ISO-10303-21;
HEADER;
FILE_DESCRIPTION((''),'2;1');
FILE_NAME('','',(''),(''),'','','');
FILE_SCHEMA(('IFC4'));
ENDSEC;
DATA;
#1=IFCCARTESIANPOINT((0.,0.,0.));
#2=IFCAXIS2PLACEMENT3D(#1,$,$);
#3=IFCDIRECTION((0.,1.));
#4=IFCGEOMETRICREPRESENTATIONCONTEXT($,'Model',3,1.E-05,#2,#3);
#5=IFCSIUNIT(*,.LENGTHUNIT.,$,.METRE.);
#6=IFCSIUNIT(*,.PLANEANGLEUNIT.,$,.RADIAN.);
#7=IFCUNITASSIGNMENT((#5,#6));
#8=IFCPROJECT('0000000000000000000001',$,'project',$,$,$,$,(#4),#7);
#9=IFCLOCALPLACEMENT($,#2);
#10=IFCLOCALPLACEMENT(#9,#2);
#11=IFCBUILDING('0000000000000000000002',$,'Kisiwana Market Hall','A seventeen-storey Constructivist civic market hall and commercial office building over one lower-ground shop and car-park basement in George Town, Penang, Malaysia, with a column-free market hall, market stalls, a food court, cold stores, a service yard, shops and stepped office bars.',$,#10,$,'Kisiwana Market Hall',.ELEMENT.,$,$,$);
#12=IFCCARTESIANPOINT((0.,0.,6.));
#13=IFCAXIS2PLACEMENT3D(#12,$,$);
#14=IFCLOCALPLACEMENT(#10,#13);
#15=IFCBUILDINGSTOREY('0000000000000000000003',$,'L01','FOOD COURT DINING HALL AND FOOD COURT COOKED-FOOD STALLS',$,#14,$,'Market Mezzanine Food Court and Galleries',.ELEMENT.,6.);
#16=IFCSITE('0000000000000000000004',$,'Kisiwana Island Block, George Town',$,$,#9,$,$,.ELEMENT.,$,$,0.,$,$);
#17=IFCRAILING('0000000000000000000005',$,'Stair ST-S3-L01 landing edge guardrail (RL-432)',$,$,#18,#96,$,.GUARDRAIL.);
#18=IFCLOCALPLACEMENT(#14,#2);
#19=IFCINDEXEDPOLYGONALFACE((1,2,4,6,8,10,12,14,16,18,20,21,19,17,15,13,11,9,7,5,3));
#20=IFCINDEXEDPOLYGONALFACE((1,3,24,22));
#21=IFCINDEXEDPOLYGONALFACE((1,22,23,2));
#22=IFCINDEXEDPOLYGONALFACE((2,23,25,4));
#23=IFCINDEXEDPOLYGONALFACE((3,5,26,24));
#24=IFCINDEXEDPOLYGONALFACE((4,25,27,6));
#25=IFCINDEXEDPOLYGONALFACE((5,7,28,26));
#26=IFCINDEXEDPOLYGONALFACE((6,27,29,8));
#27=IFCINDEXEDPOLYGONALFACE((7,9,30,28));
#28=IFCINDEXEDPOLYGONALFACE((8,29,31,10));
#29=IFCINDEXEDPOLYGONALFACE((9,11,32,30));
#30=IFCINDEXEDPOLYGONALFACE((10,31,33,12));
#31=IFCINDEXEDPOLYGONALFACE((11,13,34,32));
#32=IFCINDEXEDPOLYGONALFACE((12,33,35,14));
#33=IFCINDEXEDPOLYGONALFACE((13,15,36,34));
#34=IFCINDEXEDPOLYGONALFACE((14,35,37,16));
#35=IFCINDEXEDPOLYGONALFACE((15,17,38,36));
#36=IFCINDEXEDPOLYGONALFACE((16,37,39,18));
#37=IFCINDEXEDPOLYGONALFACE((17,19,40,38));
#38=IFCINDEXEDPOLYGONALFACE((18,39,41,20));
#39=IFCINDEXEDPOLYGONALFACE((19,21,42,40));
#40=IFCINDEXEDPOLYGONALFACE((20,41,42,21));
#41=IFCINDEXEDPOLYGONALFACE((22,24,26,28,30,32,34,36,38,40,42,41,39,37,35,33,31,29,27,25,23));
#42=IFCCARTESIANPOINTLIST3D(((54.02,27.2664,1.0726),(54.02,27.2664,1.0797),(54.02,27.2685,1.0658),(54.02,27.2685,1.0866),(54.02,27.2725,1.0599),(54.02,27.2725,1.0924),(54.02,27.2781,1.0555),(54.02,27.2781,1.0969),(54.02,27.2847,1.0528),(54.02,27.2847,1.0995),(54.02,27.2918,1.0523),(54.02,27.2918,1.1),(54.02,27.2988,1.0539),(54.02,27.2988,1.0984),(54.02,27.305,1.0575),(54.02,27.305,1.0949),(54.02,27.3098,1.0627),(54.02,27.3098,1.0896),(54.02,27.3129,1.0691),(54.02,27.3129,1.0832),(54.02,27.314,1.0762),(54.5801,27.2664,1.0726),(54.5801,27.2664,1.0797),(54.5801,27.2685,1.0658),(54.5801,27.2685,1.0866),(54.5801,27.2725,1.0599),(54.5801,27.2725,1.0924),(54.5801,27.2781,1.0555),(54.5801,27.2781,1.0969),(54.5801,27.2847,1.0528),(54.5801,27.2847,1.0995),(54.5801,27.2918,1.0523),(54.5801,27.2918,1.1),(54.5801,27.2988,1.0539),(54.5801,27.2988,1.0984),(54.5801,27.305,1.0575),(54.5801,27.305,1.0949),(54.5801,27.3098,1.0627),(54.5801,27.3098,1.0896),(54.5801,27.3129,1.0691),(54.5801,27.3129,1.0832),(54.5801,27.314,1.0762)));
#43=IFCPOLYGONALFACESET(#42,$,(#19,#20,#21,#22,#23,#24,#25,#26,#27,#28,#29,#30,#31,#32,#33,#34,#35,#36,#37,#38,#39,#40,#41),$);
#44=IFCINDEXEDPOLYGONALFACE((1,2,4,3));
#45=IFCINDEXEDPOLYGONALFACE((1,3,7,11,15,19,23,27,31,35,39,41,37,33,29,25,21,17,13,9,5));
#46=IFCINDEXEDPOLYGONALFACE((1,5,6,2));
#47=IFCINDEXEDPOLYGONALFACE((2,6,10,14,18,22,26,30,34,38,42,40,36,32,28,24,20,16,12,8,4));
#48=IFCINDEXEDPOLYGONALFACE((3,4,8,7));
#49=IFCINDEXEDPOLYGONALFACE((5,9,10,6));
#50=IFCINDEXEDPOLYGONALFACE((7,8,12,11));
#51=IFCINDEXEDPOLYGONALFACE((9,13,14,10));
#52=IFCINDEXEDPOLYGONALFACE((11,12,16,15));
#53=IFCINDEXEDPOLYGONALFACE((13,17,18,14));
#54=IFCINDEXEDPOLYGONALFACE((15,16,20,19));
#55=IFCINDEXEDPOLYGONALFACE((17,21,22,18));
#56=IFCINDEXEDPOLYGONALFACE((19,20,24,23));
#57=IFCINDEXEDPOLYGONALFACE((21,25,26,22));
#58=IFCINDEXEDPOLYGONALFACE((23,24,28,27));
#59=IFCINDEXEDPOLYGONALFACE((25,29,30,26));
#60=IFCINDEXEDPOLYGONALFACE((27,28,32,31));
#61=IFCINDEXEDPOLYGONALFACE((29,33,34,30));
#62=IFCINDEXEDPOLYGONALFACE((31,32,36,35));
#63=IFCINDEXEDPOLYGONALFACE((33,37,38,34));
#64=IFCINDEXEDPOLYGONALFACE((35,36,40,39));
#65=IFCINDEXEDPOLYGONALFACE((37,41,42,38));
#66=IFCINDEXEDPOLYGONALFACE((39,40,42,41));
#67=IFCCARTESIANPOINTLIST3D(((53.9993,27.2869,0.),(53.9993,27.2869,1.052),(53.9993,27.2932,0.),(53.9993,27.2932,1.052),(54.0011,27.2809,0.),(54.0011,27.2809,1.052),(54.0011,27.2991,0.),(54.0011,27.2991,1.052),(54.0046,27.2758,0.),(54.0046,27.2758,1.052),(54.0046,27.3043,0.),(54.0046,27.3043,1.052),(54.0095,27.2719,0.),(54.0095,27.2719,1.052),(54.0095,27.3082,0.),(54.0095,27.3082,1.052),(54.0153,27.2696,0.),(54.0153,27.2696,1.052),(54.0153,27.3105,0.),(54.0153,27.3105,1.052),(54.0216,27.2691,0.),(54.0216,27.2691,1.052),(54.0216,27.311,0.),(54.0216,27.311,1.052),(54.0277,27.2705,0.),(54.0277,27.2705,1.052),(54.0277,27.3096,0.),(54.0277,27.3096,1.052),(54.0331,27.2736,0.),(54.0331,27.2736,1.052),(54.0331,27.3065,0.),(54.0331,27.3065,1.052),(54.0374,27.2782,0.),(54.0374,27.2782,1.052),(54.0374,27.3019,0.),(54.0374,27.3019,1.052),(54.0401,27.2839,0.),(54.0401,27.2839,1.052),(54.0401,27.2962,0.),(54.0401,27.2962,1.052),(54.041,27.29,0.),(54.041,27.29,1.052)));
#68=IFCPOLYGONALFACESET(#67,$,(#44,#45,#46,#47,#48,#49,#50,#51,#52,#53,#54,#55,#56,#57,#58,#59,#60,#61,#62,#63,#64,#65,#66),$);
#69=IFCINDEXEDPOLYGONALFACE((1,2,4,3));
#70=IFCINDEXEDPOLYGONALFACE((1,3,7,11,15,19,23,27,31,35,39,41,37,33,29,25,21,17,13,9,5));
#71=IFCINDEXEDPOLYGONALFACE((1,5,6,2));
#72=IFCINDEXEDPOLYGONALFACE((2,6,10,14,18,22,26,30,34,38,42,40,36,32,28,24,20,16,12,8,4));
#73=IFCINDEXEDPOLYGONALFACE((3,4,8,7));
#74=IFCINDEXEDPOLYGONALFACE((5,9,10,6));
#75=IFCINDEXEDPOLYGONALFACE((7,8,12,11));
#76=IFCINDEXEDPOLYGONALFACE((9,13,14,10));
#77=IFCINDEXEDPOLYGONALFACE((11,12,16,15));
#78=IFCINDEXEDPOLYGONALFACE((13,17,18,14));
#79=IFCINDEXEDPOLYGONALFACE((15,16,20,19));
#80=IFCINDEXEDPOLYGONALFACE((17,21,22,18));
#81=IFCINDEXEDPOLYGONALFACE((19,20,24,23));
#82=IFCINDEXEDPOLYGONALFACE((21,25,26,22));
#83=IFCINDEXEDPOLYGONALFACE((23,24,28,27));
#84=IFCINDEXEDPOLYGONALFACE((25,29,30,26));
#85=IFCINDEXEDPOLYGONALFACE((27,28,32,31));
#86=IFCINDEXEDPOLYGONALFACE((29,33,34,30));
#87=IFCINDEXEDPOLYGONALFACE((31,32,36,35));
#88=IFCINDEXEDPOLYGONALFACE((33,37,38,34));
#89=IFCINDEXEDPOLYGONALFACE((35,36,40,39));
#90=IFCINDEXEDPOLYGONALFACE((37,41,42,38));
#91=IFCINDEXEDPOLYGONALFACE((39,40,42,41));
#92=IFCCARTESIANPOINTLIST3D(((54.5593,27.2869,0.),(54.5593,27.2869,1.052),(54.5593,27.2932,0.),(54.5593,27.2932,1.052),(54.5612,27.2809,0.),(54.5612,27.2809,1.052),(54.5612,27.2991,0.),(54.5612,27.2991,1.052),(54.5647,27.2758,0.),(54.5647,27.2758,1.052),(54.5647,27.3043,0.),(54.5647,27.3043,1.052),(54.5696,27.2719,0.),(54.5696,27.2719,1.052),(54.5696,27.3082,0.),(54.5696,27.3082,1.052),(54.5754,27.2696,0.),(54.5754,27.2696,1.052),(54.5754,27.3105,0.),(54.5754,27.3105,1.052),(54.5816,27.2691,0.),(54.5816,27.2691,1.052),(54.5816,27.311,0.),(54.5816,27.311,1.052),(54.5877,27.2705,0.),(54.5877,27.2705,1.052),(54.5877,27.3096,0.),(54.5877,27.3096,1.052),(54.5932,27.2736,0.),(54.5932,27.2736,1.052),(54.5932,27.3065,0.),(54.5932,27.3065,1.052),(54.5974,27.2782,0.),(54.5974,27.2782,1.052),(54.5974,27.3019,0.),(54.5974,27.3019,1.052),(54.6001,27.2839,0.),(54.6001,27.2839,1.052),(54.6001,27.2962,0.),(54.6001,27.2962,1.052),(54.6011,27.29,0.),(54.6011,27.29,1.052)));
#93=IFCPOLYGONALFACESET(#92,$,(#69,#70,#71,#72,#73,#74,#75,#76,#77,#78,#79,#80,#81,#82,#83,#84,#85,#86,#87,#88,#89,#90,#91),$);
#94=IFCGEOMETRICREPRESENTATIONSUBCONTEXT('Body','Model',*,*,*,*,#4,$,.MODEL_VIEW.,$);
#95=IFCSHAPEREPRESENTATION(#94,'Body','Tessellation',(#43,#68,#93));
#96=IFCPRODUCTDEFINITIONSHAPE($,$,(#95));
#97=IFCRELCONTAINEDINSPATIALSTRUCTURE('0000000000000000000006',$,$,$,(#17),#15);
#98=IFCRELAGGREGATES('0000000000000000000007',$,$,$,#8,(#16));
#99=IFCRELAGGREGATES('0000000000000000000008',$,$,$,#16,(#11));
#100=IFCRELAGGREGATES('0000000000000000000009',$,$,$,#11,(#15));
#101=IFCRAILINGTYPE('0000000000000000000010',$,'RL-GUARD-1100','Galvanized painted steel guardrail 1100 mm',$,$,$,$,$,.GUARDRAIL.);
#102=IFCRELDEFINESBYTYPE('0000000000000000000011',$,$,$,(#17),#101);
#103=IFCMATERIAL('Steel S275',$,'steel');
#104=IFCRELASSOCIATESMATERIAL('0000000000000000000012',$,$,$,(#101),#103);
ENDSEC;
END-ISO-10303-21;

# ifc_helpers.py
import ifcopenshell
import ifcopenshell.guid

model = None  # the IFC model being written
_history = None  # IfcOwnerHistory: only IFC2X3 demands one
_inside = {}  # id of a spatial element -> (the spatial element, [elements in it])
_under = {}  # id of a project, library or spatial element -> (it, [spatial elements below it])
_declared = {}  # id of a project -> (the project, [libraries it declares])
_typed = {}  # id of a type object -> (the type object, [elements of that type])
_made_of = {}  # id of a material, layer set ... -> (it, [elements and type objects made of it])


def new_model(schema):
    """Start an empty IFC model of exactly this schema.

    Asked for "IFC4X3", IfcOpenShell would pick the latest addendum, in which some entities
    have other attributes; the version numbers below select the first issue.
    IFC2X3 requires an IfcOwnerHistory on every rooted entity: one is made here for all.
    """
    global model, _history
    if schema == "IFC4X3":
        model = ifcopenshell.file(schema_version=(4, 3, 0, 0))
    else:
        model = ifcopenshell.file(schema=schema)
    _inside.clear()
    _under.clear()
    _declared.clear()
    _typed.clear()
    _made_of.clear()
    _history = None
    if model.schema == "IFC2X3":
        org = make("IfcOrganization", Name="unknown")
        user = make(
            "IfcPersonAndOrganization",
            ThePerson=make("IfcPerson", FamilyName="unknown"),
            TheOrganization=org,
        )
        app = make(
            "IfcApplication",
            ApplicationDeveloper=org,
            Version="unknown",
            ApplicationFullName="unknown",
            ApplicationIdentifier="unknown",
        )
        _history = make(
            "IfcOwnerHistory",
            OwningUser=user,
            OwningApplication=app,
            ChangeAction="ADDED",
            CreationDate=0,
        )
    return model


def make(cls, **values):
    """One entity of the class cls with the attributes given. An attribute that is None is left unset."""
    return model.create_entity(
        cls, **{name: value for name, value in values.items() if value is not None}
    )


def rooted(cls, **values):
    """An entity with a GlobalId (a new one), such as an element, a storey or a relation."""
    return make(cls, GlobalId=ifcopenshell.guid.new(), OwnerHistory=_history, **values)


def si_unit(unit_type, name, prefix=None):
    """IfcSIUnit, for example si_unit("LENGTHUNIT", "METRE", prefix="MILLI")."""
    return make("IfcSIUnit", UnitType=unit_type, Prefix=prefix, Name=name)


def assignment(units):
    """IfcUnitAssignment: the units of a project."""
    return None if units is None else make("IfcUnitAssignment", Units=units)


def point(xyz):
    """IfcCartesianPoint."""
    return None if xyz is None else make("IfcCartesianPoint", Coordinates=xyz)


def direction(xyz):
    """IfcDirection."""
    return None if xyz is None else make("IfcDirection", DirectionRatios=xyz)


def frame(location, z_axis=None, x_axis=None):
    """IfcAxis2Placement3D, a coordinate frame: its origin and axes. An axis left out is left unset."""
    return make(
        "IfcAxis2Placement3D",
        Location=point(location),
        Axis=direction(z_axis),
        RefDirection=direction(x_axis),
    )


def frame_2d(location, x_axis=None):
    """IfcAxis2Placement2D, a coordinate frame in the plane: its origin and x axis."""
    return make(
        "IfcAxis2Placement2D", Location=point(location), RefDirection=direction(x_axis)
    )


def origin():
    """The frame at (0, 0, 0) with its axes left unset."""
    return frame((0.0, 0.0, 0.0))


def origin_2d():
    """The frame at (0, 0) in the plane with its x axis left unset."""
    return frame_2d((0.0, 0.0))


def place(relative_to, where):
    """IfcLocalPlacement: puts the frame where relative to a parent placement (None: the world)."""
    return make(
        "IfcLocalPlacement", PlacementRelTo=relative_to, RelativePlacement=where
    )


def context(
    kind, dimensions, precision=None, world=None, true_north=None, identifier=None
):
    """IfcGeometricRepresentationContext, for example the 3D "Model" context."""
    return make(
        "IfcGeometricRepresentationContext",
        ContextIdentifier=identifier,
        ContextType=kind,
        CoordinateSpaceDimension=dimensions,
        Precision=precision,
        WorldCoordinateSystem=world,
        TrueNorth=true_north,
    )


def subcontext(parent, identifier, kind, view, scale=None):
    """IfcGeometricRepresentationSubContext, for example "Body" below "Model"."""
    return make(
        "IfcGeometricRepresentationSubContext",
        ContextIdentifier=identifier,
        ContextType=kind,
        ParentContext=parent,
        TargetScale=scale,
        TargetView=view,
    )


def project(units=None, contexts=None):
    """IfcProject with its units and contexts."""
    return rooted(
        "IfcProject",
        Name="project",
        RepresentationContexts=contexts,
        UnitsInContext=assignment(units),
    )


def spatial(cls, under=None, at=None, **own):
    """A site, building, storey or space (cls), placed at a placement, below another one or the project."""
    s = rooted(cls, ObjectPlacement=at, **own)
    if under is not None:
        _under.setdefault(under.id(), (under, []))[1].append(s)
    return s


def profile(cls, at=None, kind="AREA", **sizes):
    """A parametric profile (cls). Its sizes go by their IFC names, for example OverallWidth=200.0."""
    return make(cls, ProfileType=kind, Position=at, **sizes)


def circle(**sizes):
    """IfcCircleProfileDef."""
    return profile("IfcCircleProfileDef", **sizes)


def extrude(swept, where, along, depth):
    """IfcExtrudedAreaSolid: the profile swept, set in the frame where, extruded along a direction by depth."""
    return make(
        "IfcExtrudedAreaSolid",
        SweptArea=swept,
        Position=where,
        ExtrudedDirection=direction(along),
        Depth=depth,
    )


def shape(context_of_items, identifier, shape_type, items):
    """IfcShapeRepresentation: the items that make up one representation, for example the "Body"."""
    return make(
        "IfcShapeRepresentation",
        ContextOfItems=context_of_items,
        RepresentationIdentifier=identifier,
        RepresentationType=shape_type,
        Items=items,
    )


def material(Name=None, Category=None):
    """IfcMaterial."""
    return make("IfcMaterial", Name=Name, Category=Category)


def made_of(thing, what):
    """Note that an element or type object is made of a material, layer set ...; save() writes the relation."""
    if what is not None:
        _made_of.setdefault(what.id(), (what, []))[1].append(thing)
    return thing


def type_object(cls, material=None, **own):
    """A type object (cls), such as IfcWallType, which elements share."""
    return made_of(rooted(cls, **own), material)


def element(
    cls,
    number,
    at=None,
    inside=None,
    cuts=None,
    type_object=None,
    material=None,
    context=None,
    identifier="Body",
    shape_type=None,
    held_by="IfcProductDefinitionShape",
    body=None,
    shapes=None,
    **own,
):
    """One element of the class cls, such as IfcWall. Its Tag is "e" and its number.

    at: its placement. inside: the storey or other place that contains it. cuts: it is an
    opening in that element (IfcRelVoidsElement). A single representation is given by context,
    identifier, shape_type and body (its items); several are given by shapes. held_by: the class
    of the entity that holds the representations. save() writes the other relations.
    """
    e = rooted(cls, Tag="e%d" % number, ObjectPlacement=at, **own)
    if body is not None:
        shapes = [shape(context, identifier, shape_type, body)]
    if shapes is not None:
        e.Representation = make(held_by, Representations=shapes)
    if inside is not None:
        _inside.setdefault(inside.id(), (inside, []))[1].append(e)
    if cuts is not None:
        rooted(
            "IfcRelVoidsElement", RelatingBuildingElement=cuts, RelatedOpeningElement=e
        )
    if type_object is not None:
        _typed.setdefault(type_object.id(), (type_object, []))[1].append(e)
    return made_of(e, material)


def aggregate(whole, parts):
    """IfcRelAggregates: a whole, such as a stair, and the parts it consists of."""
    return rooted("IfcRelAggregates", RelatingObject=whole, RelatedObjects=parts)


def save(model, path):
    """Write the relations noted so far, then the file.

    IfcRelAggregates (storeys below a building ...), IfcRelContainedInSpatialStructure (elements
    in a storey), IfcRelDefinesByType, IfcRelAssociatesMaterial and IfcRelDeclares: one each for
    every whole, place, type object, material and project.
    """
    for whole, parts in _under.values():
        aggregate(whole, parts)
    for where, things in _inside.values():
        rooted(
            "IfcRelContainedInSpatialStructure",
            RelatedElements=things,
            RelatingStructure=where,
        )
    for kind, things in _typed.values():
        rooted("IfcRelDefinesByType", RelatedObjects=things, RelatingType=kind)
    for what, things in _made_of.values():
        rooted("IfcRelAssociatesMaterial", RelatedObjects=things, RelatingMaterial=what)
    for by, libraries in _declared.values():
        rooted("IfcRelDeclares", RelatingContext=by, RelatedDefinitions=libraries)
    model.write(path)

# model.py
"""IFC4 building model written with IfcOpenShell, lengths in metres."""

from ifc_helpers import new_model, si_unit, direction, frame, origin, origin_2d, place, context, subcontext, project, spatial, circle, extrude, material, type_object, element, save


model = new_model("IFC4")

# Units and contexts
model_context = context("Model", 3, precision=1e-05, world=origin(), true_north=direction((0.0, 1.0)))
body_context = subcontext(model_context, "Body", "Model", "MODEL_VIEW")
ifc_project = project(units=[si_unit("LENGTHUNIT", "METRE"), si_unit("PLANEANGLEUNIT", "RADIAN")], contexts=[model_context])

# Site, building, storey
site_placement = place(None, origin())
site = spatial("IfcSite", under=ifc_project, at=site_placement, Name="Kisiwana Island Block, George Town", CompositionType="ELEMENT", RefElevation=0.0)
building_placement = place(site_placement, origin())
building = spatial("IfcBuilding", under=site, at=building_placement, Name="Kisiwana Market Hall", Description="A seventeen-storey Constructivist civic market hall and commercial office building over one lower-ground shop and car-park basement in George Town, Penang, Malaysia, with a column-free market hall, market stalls, a food court, cold stores, a service yard, shops and stepped office bars.", LongName="Kisiwana Market Hall", CompositionType="ELEMENT")
storey_placement = place(building_placement, frame((0.0, 0.0, 6.0)))
storey = spatial("IfcBuildingStorey", under=building, at=storey_placement, Name="L01", Description="FOOD COURT DINING HALL AND FOOD COURT COOKED-FOOD STALLS", LongName="Market Mezzanine Food Court and Galleries", CompositionType="ELEMENT", Elevation=6.0)

# Railing
ifc_material_1 = material(Name="Steel S275", Category="steel")
railing_type_1 = type_object("IfcRailingType", Name="RL-GUARD-1100", Description="Galvanized painted steel guardrail 1100 mm", PredefinedType="GUARDRAIL", material=ifc_material_1)
railing_1_placement = place(storey_placement, frame((54.02, 27.29, 0.0)))
element("IfcRailing", 1, at=railing_1_placement, inside=storey, type_object=railing_type_1, Name="Stair ST-S3-L01 landing edge guardrail (RL-432)", PredefinedType="GUARDRAIL", context=body_context, shape_type="SweptSolid", body=[
    extrude(circle(Radius=0.0239, at=origin_2d()), frame((0.0, 0.0, 1.0762), z_axis=(1.0, 0.0, 0.0), x_axis=(0.0, 1.0, 0.0)), (0.0, 0.0, 1.0), 0.5601),
    extrude(circle(Radius=0.021, at=origin_2d()), origin(), (0.0, 0.0, 1.0), 1.052),
    extrude(circle(Radius=0.021, at=origin_2d()), frame((0.5601, 0.0, 0.0)), (0.0, 0.0, 1.0), 1.052),
])

save(model, "model.ifc")
